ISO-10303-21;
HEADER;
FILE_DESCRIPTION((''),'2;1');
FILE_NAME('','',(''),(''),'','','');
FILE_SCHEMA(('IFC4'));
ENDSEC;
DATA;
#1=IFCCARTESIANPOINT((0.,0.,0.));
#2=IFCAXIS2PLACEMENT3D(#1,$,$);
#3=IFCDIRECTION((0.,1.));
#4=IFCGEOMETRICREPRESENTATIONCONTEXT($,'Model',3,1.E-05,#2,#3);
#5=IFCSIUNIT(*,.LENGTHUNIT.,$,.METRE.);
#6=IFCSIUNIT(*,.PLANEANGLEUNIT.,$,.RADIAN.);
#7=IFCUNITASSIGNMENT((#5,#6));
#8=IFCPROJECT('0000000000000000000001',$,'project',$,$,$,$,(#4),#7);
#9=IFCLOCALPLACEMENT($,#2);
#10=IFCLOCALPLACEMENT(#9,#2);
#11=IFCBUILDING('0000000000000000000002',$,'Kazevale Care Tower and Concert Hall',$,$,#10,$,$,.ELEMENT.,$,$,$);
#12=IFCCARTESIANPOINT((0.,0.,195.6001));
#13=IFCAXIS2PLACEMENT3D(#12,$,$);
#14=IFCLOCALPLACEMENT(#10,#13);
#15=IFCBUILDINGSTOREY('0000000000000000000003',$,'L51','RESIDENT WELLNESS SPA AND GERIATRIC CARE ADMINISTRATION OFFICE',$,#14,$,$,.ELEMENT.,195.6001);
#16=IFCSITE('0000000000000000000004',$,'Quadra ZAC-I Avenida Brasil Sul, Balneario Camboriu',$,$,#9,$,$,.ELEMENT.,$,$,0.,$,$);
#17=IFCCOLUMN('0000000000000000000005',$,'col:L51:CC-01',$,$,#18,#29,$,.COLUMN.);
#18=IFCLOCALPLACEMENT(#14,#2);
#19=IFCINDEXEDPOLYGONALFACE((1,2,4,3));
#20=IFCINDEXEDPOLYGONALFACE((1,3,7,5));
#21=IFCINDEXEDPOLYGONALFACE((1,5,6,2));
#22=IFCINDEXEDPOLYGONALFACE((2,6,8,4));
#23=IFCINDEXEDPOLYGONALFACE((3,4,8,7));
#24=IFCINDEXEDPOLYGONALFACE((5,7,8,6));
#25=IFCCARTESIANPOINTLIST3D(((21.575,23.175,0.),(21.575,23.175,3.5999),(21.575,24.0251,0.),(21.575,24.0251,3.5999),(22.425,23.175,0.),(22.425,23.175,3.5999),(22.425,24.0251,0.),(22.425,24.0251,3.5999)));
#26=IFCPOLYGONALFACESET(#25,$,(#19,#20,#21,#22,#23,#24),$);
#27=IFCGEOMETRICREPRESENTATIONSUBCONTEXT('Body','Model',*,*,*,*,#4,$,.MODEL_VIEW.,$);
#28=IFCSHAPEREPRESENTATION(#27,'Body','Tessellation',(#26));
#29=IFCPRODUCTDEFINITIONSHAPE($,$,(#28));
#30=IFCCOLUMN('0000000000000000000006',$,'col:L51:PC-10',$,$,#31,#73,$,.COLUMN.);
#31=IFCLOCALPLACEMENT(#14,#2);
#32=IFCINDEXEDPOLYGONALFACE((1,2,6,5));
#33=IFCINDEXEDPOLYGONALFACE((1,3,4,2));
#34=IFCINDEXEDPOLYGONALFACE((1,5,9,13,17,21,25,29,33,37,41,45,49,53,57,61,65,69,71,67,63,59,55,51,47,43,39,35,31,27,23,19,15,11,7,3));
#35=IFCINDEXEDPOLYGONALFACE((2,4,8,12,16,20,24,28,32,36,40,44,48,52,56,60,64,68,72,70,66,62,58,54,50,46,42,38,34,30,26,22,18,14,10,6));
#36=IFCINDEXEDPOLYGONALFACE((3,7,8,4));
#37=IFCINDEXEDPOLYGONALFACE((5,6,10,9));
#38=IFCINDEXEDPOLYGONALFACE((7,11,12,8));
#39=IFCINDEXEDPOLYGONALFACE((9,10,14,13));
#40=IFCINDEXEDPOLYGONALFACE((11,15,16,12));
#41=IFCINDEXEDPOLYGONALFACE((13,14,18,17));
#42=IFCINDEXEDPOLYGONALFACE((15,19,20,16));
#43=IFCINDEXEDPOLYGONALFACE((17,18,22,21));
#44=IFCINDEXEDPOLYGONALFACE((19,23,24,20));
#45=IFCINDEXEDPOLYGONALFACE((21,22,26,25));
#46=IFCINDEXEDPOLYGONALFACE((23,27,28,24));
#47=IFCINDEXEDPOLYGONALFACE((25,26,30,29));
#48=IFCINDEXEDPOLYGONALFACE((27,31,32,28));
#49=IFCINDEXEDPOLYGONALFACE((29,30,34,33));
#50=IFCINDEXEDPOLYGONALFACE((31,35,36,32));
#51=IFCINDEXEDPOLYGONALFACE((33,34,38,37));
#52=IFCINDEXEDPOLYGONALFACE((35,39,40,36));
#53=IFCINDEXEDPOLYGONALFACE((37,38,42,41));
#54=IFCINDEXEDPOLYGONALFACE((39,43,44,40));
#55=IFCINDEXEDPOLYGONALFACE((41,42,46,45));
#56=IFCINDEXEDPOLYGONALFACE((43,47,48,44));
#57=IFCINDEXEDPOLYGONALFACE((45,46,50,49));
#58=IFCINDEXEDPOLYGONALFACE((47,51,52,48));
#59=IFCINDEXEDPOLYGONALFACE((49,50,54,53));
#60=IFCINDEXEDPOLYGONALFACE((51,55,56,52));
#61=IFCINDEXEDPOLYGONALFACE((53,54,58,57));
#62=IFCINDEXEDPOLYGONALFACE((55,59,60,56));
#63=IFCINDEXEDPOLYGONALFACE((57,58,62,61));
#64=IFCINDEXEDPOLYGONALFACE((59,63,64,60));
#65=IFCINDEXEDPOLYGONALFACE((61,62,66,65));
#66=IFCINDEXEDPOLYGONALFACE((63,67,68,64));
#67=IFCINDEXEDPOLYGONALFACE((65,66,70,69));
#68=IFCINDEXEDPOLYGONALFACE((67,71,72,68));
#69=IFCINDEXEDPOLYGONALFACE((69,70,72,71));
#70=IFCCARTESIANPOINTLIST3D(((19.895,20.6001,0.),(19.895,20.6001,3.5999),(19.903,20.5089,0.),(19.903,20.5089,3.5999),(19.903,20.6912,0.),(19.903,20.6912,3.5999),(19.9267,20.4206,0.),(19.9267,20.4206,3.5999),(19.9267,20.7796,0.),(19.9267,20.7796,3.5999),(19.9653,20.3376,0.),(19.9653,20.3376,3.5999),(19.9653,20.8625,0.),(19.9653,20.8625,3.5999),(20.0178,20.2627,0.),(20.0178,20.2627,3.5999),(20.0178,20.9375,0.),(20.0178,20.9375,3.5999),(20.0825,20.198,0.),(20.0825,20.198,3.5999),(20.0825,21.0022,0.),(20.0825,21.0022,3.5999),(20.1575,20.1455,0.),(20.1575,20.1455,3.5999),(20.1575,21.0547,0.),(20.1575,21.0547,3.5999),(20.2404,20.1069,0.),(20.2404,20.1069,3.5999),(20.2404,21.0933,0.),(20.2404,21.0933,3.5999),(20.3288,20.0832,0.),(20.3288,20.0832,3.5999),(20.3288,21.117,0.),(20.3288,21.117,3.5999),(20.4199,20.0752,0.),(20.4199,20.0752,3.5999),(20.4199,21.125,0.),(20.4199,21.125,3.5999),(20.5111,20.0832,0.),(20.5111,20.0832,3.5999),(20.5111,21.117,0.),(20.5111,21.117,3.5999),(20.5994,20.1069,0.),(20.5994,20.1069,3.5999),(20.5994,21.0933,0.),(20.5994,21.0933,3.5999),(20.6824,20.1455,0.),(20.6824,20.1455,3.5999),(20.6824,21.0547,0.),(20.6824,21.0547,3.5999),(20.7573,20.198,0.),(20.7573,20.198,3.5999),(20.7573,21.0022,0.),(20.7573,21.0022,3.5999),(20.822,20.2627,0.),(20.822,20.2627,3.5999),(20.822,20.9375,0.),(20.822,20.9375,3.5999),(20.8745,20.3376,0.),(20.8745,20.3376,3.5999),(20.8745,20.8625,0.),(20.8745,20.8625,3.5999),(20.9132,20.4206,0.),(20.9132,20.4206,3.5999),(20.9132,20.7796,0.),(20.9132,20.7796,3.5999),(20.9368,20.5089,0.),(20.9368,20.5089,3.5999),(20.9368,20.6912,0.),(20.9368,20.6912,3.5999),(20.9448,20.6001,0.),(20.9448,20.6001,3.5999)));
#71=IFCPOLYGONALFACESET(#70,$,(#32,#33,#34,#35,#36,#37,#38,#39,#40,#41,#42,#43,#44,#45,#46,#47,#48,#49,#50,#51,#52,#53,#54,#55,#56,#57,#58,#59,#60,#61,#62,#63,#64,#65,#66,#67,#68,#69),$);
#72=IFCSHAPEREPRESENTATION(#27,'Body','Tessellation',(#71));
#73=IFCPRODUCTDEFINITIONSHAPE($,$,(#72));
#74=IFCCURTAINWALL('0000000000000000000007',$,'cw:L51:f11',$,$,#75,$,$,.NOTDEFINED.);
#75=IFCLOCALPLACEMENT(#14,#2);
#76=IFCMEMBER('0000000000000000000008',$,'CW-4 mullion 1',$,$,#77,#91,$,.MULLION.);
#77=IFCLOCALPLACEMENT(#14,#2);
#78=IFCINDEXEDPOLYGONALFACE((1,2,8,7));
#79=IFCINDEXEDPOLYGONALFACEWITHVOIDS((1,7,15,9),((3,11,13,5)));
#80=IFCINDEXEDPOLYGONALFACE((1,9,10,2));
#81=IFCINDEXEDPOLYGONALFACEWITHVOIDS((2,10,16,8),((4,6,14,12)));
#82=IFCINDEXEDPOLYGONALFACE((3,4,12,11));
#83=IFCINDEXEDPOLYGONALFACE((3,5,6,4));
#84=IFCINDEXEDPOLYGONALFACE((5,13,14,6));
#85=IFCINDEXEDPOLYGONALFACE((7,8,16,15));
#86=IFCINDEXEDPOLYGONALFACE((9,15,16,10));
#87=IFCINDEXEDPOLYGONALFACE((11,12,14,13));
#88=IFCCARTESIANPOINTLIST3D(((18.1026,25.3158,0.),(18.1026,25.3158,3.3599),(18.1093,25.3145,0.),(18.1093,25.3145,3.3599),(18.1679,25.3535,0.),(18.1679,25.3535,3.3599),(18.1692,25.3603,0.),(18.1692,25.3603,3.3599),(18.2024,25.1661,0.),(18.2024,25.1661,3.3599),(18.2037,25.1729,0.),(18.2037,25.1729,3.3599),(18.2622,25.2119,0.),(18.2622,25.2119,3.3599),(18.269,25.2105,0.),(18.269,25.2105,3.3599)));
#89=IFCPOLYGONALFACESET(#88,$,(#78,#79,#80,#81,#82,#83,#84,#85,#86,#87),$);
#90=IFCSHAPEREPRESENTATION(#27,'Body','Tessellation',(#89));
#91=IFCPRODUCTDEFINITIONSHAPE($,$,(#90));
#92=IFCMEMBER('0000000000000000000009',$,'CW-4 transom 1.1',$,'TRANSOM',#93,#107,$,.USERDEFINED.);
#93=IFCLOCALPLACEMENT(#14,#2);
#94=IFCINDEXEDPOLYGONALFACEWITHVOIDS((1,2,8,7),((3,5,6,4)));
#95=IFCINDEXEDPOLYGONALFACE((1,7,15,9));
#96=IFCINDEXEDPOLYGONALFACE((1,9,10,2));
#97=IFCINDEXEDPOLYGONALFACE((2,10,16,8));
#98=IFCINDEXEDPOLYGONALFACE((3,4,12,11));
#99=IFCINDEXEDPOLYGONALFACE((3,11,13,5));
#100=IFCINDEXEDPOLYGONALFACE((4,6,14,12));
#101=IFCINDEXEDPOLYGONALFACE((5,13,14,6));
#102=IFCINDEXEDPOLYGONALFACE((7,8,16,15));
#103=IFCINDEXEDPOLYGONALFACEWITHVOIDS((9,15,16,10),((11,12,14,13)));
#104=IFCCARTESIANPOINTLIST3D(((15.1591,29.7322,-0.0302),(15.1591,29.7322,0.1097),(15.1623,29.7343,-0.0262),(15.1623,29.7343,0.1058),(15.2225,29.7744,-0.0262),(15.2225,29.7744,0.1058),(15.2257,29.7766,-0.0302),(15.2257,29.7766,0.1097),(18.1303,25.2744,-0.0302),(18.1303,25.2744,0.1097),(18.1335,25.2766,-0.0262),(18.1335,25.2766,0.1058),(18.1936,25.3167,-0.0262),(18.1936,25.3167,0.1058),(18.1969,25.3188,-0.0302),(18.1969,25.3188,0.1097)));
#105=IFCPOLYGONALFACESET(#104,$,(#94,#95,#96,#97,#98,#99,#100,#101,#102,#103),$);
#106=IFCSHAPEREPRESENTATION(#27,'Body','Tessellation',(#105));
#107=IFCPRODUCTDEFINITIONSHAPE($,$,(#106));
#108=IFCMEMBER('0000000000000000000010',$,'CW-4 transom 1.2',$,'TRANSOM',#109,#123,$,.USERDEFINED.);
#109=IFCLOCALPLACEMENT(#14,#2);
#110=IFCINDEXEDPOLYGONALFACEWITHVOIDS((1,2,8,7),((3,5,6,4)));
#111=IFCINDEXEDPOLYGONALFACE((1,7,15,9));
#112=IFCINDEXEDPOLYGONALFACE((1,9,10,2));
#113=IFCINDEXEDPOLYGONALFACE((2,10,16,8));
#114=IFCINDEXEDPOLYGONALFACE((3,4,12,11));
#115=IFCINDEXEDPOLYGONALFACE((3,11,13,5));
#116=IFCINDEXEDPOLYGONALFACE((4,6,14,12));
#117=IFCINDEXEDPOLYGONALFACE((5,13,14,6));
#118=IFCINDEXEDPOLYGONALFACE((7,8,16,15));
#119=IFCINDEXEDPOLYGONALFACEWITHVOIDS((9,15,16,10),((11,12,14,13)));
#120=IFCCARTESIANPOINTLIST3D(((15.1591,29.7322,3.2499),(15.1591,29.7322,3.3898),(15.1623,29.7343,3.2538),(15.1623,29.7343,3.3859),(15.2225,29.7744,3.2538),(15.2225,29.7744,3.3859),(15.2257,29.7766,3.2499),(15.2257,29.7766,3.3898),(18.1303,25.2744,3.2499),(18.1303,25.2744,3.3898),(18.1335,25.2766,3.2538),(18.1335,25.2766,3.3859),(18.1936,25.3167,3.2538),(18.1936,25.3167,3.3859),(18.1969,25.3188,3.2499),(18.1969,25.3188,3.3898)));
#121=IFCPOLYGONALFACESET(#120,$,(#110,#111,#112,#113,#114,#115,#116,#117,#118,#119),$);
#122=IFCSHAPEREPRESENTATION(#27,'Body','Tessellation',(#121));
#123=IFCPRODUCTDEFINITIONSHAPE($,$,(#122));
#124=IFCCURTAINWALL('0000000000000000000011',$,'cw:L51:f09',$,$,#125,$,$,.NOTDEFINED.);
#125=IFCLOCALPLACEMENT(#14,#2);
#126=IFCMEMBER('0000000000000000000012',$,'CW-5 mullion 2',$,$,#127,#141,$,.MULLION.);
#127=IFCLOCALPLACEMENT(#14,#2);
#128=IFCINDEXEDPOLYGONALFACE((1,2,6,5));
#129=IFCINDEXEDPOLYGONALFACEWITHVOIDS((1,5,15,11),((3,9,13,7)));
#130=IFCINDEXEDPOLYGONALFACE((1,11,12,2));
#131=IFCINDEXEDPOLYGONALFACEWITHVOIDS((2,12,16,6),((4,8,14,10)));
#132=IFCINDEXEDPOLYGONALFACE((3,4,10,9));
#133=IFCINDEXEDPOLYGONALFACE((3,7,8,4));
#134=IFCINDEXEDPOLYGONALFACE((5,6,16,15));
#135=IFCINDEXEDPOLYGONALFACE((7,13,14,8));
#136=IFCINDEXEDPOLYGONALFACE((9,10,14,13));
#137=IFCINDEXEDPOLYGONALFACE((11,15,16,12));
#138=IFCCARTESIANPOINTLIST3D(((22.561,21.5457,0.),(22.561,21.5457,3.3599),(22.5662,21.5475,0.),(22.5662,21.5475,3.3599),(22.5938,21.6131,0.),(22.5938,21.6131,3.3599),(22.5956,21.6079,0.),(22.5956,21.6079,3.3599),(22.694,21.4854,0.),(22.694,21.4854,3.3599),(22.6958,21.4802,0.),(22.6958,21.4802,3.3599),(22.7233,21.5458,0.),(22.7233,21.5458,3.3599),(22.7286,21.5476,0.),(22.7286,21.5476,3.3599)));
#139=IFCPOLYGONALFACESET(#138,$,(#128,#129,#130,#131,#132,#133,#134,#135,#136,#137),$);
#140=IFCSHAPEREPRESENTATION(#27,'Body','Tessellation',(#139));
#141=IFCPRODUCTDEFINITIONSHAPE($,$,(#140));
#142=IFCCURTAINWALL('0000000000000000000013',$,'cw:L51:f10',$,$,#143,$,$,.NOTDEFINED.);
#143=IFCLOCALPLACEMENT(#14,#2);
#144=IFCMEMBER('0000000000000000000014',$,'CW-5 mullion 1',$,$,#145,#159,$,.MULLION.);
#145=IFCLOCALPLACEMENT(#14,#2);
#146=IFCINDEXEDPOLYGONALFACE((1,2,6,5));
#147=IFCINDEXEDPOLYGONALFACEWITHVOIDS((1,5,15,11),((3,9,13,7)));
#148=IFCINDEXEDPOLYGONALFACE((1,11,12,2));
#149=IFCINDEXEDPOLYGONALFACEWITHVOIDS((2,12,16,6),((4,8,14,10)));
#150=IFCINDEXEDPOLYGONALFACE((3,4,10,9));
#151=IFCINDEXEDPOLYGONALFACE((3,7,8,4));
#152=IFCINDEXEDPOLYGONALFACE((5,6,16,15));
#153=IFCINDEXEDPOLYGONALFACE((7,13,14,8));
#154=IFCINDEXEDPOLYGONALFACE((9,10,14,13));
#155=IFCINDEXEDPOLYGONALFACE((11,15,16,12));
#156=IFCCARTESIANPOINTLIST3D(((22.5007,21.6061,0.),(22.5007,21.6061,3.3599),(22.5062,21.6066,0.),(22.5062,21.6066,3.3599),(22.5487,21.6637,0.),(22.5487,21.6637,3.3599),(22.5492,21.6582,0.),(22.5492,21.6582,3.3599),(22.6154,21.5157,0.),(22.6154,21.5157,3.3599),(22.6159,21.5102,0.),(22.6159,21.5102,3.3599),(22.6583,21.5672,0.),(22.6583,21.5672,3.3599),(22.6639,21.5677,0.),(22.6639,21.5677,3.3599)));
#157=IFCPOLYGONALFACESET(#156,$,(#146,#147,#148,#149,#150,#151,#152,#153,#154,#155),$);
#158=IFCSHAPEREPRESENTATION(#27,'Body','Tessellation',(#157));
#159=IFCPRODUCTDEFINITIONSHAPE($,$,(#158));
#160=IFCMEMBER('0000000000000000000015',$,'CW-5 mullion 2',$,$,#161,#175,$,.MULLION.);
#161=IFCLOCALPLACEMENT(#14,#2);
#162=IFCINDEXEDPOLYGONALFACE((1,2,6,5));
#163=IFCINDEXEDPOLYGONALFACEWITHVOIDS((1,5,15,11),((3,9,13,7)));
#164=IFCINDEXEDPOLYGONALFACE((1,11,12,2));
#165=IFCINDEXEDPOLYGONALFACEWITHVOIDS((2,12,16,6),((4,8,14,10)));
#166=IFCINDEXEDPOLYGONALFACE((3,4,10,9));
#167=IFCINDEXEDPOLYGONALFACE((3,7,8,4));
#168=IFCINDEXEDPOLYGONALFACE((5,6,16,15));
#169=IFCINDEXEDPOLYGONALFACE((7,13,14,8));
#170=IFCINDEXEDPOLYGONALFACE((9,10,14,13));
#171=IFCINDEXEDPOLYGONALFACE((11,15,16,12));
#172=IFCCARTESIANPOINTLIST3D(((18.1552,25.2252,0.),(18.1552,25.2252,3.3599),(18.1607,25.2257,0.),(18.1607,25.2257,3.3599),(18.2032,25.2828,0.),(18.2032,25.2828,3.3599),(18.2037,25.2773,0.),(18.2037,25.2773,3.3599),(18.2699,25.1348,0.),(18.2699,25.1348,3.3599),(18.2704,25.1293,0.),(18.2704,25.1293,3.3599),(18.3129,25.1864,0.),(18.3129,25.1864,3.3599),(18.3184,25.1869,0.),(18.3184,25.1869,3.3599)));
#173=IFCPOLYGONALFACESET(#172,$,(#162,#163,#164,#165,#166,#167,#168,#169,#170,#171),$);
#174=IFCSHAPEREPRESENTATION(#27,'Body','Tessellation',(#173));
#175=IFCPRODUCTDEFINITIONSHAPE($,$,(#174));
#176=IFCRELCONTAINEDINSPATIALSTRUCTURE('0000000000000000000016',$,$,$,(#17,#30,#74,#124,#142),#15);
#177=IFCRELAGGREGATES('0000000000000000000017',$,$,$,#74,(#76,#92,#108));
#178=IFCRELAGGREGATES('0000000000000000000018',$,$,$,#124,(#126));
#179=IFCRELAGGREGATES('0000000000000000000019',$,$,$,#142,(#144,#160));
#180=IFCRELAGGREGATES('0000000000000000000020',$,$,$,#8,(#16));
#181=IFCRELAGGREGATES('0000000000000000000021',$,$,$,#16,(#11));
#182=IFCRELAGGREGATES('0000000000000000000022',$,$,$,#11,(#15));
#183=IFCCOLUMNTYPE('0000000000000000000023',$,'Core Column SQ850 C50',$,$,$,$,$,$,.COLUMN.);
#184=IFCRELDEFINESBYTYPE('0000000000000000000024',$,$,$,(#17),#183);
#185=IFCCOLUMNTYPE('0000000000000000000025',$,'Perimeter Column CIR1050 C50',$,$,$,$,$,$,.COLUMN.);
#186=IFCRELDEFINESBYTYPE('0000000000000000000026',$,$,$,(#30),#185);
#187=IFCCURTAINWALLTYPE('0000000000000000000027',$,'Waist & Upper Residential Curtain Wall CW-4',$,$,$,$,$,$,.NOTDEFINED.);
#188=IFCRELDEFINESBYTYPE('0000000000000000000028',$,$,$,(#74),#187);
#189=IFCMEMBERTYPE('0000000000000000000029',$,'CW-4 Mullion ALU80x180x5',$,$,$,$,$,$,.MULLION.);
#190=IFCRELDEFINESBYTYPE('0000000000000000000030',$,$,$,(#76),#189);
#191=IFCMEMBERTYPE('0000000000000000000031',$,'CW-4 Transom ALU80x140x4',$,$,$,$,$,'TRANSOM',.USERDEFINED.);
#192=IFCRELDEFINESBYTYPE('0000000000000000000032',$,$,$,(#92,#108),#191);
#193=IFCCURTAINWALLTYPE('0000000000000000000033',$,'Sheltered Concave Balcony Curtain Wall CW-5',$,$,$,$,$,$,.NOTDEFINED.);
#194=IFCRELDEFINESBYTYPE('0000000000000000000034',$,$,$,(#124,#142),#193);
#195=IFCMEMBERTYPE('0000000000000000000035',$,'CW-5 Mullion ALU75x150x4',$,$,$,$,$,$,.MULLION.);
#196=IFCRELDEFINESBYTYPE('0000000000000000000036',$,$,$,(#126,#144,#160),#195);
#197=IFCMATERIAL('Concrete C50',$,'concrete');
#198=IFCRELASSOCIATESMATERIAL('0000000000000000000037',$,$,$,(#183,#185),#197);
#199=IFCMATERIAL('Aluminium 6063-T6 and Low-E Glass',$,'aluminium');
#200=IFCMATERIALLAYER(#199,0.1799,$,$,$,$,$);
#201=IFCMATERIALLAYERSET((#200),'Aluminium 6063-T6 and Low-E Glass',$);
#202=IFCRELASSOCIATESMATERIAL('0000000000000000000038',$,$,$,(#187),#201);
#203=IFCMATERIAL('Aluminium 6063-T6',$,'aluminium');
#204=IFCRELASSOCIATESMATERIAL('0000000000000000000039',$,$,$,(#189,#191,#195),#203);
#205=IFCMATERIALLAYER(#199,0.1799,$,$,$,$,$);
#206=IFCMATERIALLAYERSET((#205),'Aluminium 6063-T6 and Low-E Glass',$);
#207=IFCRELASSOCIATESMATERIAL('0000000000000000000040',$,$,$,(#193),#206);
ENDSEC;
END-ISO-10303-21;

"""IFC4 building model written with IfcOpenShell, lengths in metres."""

from ifc_helpers import new_model, si_unit, direction, frame, origin, origin_2d, place, context, subcontext, project, spatial, rectangle, hollow_rectangle, circle, extrude, material, layer, layer_set, material_profile, profile_set, type_object, element, aggregate, save


model = new_model("IFC4")

# Units and contexts
model_context = context("Model", 3, precision=1e-05, world=origin(), true_north=direction((0.0, 1.0)))
body_context = subcontext(model_context, "Body", "Model", "MODEL_VIEW")
ifc_project = project(units=[si_unit("LENGTHUNIT", "METRE"), si_unit("PLANEANGLEUNIT", "RADIAN")], contexts=[model_context])

# Site, building, storey
site_placement = place(None, origin())
site = spatial("IfcSite", under=ifc_project, at=site_placement, Name="Quadra ZAC-I Avenida Brasil Sul, Balneario Camboriu", CompositionType="ELEMENT", RefElevation=0.0)
building_placement = place(site_placement, origin())
building = spatial("IfcBuilding", under=site, at=building_placement, Name="Kazevale Care Tower and Concert Hall", CompositionType="ELEMENT")
storey_placement = place(building_placement, frame((0.0, 0.0, 195.6001)))
storey = spatial("IfcBuildingStorey", under=building, at=storey_placement, Name="L51", Description="RESIDENT WELLNESS SPA AND GERIATRIC CARE ADMINISTRATION OFFICE", CompositionType="ELEMENT", Elevation=195.6001)

# Columns
ifc_material_1 = material(Name="Concrete C50", Category="concrete")
ifc_material_profile_1 = material_profile(ifc_material_1, rectangle(XDim=0.8501, YDim=0.8501, at=origin_2d()), Name="RC-SQ850")
ifc_profile_set_1 = profile_set([ifc_material_profile_1], Name="Concrete C50")
column_type_1 = type_object("IfcColumnType", Name="Core Column SQ850 C50", PredefinedType="COLUMN", material=ifc_profile_set_1)
column_1_placement = place(storey_placement, frame((22.0, 23.6001, 0.0), z_axis=(0.0, 0.0, 1.0), x_axis=(1.0, 0.0, 0.0)))
element("IfcColumn", 1, at=column_1_placement, inside=storey, type_object=column_type_1, Name="col:L51:CC-01", PredefinedType="COLUMN", context=body_context, shape_type="SweptSolid", body=[
    extrude(rectangle(XDim=0.8501, YDim=0.8501, at=origin_2d()), origin(), (0.0, 0.0, 1.0), 3.5999),
])
ifc_material_profile_2 = material_profile(ifc_material_1, circle(Radius=0.5249, at=origin_2d()), Name="RC-CIR1050")
ifc_profile_set_2 = profile_set([ifc_material_profile_2], Name="Concrete C50")
column_type_2 = type_object("IfcColumnType", Name="Perimeter Column CIR1050 C50", PredefinedType="COLUMN", material=ifc_profile_set_2)
column_2_placement = place(storey_placement, frame((20.4199, 20.6001, 0.0), z_axis=(0.0, 0.0, 1.0), x_axis=(1.0, 0.0, 0.0)))
element("IfcColumn", 2, at=column_2_placement, inside=storey, type_object=column_type_2, Name="col:L51:PC-10", PredefinedType="COLUMN", context=body_context, shape_type="SweptSolid", body=[
    extrude(circle(Radius=0.5249, at=origin_2d()), origin(), (0.0, 0.0, 1.0), 3.5999),
])

# Curtain wall, members
ifc_material_2 = material(Name="Aluminium 6063-T6 and Low-E Glass", Category="aluminium")
ifc_layer_1 = layer(ifc_material_2, 0.1799)
ifc_layer_set_1 = layer_set([ifc_layer_1], Name="Aluminium 6063-T6 and Low-E Glass")
curtain_wall_type_1 = type_object("IfcCurtainWallType", Name="Waist & Upper Residential Curtain Wall CW-4", PredefinedType="NOTDEFINED", material=ifc_layer_set_1)
curtain_wall_1_placement = place(storey_placement, origin())
curtain_wall_1 = element("IfcCurtainWall", 3, at=curtain_wall_1_placement, inside=storey, type_object=curtain_wall_type_1, Name="cw:L51:f11", PredefinedType="NOTDEFINED")
ifc_material_3 = material(Name="Aluminium 6063-T6", Category="aluminium")
ifc_material_profile_3 = material_profile(ifc_material_3, hollow_rectangle(XDim=0.0801, YDim=0.1799, WallThickness=0.0049, at=origin_2d()), Name="ALU80x180x5")
ifc_profile_set_3 = profile_set([ifc_material_profile_3], Name="Aluminium 6063-T6")
member_type_1 = type_object("IfcMemberType", Name="CW-4 Mullion ALU80x180x5", PredefinedType="MULLION", material=ifc_profile_set_3)
member_1_placement = place(storey_placement, frame((18.1858, 25.2632, 0.0), z_axis=(0.0, 0.0, 1.0), x_axis=(-0.832106, -0.554617, 0.0)))
member_1 = element("IfcMember", 4, at=member_1_placement, type_object=member_type_1, Name="CW-4 mullion 1", PredefinedType="MULLION", context=body_context, shape_type="SweptSolid", body=[
    extrude(hollow_rectangle(XDim=0.0801, YDim=0.1799, WallThickness=0.0049, at=origin_2d()), origin(), (0.0, 0.0, 1.0), 3.3599),
])
ifc_material_profile_4 = material_profile(ifc_material_3, hollow_rectangle(XDim=0.0801, YDim=0.1399, WallThickness=0.0039, at=origin_2d()), Name="ALU80x140x4")
ifc_profile_set_4 = profile_set([ifc_material_profile_4], Name="Aluminium 6063-T6")
member_type_2 = type_object("IfcMemberType", Name="CW-4 Transom ALU80x140x4", ElementType="TRANSOM", PredefinedType="USERDEFINED", material=ifc_profile_set_4)
member_2_placement = place(storey_placement, frame((18.1636, 25.2966, 0.0398), z_axis=(-0.554616, 0.832106, 0.0), x_axis=(-0.832106, -0.554616, 0.0)))
member_2 = element("IfcMember", 5, at=member_2_placement, type_object=member_type_2, Name="CW-4 transom 1.1", ObjectType="TRANSOM", PredefinedType="USERDEFINED", context=body_context, shape_type="SweptSolid", body=[
    extrude(hollow_rectangle(XDim=0.0801, YDim=0.1399, WallThickness=0.0039, at=origin_2d()), origin(), (0.0, 0.0, 1.0), 5.3572),
])
member_3_placement = place(storey_placement, frame((18.1636, 25.2966, 3.3198), z_axis=(-0.554616, 0.832106, 0.0), x_axis=(-0.832106, -0.554616, 0.0)))
member_3 = element("IfcMember", 6, at=member_3_placement, type_object=member_type_2, Name="CW-4 transom 1.2", ObjectType="TRANSOM", PredefinedType="USERDEFINED", context=body_context, shape_type="SweptSolid", body=[
    extrude(hollow_rectangle(XDim=0.0801, YDim=0.1399, WallThickness=0.0039, at=origin_2d()), origin(), (0.0, 0.0, 1.0), 5.3572),
])

# Curtain wall, member
ifc_layer_2 = layer(ifc_material_2, 0.1799)
ifc_layer_set_2 = layer_set([ifc_layer_2], Name="Aluminium 6063-T6 and Low-E Glass")
curtain_wall_type_2 = type_object("IfcCurtainWallType", Name="Sheltered Concave Balcony Curtain Wall CW-5", PredefinedType="NOTDEFINED", material=ifc_layer_set_2)
curtain_wall_2_placement = place(storey_placement, origin())
curtain_wall_2 = element("IfcCurtainWall", 7, at=curtain_wall_2_placement, inside=storey, type_object=curtain_wall_type_2, Name="cw:L51:f09", PredefinedType="NOTDEFINED")
ifc_material_profile_5 = material_profile(ifc_material_3, hollow_rectangle(XDim=0.075, YDim=0.1499, WallThickness=0.0039, at=origin_2d()), Name="ALU75x150x4")
ifc_profile_set_5 = profile_set([ifc_material_profile_5], Name="Aluminium 6063-T6")
member_type_3 = type_object("IfcMemberType", Name="CW-5 Mullion ALU75x150x4", PredefinedType="MULLION", material=ifc_profile_set_5)
member_4_placement = place(storey_placement, frame((22.6448, 21.5466, 0.0), z_axis=(0.0, 0.0, 1.0), x_axis=(-0.437238, -0.899346, 0.0)))
member_4 = element("IfcMember", 8, at=member_4_placement, type_object=member_type_3, Name="CW-5 mullion 2", PredefinedType="MULLION", context=body_context, shape_type="SweptSolid", body=[
    extrude(hollow_rectangle(XDim=0.075, YDim=0.1499, WallThickness=0.0039, at=origin_2d()), origin(), (0.0, 0.0, 1.0), 3.3599),
])

# Curtain wall, members
curtain_wall_3_placement = place(storey_placement, origin())
curtain_wall_3 = element("IfcCurtainWall", 9, at=curtain_wall_3_placement, inside=storey, type_object=curtain_wall_type_2, Name="cw:L51:f10", PredefinedType="NOTDEFINED")
member_5_placement = place(storey_placement, frame((22.5823, 21.5869, 0.0), z_axis=(0.0, 0.0, 1.0), x_axis=(-0.639961, -0.768407, 0.0)))
member_5 = element("IfcMember", 10, at=member_5_placement, type_object=member_type_3, Name="CW-5 mullion 1", PredefinedType="MULLION", context=body_context, shape_type="SweptSolid", body=[
    extrude(hollow_rectangle(XDim=0.075, YDim=0.1499, WallThickness=0.0039, at=origin_2d()), origin(), (0.0, 0.0, 1.0), 3.3599),
])
member_6_placement = place(storey_placement, frame((18.2368, 25.2061, 0.0), z_axis=(0.0, 0.0, 1.0), x_axis=(-0.639961, -0.768407, 0.0)))
member_6 = element("IfcMember", 11, at=member_6_placement, type_object=member_type_3, Name="CW-5 mullion 2", PredefinedType="MULLION", context=body_context, shape_type="SweptSolid", body=[
    extrude(hollow_rectangle(XDim=0.075, YDim=0.1499, WallThickness=0.0039, at=origin_2d()), origin(), (0.0, 0.0, 1.0), 3.3599),
])

aggregate(curtain_wall_1, [member_1, member_2, member_3])
aggregate(curtain_wall_2, [member_4])
aggregate(curtain_wall_3, [member_5, member_6])

save(model, "model.ifc")
